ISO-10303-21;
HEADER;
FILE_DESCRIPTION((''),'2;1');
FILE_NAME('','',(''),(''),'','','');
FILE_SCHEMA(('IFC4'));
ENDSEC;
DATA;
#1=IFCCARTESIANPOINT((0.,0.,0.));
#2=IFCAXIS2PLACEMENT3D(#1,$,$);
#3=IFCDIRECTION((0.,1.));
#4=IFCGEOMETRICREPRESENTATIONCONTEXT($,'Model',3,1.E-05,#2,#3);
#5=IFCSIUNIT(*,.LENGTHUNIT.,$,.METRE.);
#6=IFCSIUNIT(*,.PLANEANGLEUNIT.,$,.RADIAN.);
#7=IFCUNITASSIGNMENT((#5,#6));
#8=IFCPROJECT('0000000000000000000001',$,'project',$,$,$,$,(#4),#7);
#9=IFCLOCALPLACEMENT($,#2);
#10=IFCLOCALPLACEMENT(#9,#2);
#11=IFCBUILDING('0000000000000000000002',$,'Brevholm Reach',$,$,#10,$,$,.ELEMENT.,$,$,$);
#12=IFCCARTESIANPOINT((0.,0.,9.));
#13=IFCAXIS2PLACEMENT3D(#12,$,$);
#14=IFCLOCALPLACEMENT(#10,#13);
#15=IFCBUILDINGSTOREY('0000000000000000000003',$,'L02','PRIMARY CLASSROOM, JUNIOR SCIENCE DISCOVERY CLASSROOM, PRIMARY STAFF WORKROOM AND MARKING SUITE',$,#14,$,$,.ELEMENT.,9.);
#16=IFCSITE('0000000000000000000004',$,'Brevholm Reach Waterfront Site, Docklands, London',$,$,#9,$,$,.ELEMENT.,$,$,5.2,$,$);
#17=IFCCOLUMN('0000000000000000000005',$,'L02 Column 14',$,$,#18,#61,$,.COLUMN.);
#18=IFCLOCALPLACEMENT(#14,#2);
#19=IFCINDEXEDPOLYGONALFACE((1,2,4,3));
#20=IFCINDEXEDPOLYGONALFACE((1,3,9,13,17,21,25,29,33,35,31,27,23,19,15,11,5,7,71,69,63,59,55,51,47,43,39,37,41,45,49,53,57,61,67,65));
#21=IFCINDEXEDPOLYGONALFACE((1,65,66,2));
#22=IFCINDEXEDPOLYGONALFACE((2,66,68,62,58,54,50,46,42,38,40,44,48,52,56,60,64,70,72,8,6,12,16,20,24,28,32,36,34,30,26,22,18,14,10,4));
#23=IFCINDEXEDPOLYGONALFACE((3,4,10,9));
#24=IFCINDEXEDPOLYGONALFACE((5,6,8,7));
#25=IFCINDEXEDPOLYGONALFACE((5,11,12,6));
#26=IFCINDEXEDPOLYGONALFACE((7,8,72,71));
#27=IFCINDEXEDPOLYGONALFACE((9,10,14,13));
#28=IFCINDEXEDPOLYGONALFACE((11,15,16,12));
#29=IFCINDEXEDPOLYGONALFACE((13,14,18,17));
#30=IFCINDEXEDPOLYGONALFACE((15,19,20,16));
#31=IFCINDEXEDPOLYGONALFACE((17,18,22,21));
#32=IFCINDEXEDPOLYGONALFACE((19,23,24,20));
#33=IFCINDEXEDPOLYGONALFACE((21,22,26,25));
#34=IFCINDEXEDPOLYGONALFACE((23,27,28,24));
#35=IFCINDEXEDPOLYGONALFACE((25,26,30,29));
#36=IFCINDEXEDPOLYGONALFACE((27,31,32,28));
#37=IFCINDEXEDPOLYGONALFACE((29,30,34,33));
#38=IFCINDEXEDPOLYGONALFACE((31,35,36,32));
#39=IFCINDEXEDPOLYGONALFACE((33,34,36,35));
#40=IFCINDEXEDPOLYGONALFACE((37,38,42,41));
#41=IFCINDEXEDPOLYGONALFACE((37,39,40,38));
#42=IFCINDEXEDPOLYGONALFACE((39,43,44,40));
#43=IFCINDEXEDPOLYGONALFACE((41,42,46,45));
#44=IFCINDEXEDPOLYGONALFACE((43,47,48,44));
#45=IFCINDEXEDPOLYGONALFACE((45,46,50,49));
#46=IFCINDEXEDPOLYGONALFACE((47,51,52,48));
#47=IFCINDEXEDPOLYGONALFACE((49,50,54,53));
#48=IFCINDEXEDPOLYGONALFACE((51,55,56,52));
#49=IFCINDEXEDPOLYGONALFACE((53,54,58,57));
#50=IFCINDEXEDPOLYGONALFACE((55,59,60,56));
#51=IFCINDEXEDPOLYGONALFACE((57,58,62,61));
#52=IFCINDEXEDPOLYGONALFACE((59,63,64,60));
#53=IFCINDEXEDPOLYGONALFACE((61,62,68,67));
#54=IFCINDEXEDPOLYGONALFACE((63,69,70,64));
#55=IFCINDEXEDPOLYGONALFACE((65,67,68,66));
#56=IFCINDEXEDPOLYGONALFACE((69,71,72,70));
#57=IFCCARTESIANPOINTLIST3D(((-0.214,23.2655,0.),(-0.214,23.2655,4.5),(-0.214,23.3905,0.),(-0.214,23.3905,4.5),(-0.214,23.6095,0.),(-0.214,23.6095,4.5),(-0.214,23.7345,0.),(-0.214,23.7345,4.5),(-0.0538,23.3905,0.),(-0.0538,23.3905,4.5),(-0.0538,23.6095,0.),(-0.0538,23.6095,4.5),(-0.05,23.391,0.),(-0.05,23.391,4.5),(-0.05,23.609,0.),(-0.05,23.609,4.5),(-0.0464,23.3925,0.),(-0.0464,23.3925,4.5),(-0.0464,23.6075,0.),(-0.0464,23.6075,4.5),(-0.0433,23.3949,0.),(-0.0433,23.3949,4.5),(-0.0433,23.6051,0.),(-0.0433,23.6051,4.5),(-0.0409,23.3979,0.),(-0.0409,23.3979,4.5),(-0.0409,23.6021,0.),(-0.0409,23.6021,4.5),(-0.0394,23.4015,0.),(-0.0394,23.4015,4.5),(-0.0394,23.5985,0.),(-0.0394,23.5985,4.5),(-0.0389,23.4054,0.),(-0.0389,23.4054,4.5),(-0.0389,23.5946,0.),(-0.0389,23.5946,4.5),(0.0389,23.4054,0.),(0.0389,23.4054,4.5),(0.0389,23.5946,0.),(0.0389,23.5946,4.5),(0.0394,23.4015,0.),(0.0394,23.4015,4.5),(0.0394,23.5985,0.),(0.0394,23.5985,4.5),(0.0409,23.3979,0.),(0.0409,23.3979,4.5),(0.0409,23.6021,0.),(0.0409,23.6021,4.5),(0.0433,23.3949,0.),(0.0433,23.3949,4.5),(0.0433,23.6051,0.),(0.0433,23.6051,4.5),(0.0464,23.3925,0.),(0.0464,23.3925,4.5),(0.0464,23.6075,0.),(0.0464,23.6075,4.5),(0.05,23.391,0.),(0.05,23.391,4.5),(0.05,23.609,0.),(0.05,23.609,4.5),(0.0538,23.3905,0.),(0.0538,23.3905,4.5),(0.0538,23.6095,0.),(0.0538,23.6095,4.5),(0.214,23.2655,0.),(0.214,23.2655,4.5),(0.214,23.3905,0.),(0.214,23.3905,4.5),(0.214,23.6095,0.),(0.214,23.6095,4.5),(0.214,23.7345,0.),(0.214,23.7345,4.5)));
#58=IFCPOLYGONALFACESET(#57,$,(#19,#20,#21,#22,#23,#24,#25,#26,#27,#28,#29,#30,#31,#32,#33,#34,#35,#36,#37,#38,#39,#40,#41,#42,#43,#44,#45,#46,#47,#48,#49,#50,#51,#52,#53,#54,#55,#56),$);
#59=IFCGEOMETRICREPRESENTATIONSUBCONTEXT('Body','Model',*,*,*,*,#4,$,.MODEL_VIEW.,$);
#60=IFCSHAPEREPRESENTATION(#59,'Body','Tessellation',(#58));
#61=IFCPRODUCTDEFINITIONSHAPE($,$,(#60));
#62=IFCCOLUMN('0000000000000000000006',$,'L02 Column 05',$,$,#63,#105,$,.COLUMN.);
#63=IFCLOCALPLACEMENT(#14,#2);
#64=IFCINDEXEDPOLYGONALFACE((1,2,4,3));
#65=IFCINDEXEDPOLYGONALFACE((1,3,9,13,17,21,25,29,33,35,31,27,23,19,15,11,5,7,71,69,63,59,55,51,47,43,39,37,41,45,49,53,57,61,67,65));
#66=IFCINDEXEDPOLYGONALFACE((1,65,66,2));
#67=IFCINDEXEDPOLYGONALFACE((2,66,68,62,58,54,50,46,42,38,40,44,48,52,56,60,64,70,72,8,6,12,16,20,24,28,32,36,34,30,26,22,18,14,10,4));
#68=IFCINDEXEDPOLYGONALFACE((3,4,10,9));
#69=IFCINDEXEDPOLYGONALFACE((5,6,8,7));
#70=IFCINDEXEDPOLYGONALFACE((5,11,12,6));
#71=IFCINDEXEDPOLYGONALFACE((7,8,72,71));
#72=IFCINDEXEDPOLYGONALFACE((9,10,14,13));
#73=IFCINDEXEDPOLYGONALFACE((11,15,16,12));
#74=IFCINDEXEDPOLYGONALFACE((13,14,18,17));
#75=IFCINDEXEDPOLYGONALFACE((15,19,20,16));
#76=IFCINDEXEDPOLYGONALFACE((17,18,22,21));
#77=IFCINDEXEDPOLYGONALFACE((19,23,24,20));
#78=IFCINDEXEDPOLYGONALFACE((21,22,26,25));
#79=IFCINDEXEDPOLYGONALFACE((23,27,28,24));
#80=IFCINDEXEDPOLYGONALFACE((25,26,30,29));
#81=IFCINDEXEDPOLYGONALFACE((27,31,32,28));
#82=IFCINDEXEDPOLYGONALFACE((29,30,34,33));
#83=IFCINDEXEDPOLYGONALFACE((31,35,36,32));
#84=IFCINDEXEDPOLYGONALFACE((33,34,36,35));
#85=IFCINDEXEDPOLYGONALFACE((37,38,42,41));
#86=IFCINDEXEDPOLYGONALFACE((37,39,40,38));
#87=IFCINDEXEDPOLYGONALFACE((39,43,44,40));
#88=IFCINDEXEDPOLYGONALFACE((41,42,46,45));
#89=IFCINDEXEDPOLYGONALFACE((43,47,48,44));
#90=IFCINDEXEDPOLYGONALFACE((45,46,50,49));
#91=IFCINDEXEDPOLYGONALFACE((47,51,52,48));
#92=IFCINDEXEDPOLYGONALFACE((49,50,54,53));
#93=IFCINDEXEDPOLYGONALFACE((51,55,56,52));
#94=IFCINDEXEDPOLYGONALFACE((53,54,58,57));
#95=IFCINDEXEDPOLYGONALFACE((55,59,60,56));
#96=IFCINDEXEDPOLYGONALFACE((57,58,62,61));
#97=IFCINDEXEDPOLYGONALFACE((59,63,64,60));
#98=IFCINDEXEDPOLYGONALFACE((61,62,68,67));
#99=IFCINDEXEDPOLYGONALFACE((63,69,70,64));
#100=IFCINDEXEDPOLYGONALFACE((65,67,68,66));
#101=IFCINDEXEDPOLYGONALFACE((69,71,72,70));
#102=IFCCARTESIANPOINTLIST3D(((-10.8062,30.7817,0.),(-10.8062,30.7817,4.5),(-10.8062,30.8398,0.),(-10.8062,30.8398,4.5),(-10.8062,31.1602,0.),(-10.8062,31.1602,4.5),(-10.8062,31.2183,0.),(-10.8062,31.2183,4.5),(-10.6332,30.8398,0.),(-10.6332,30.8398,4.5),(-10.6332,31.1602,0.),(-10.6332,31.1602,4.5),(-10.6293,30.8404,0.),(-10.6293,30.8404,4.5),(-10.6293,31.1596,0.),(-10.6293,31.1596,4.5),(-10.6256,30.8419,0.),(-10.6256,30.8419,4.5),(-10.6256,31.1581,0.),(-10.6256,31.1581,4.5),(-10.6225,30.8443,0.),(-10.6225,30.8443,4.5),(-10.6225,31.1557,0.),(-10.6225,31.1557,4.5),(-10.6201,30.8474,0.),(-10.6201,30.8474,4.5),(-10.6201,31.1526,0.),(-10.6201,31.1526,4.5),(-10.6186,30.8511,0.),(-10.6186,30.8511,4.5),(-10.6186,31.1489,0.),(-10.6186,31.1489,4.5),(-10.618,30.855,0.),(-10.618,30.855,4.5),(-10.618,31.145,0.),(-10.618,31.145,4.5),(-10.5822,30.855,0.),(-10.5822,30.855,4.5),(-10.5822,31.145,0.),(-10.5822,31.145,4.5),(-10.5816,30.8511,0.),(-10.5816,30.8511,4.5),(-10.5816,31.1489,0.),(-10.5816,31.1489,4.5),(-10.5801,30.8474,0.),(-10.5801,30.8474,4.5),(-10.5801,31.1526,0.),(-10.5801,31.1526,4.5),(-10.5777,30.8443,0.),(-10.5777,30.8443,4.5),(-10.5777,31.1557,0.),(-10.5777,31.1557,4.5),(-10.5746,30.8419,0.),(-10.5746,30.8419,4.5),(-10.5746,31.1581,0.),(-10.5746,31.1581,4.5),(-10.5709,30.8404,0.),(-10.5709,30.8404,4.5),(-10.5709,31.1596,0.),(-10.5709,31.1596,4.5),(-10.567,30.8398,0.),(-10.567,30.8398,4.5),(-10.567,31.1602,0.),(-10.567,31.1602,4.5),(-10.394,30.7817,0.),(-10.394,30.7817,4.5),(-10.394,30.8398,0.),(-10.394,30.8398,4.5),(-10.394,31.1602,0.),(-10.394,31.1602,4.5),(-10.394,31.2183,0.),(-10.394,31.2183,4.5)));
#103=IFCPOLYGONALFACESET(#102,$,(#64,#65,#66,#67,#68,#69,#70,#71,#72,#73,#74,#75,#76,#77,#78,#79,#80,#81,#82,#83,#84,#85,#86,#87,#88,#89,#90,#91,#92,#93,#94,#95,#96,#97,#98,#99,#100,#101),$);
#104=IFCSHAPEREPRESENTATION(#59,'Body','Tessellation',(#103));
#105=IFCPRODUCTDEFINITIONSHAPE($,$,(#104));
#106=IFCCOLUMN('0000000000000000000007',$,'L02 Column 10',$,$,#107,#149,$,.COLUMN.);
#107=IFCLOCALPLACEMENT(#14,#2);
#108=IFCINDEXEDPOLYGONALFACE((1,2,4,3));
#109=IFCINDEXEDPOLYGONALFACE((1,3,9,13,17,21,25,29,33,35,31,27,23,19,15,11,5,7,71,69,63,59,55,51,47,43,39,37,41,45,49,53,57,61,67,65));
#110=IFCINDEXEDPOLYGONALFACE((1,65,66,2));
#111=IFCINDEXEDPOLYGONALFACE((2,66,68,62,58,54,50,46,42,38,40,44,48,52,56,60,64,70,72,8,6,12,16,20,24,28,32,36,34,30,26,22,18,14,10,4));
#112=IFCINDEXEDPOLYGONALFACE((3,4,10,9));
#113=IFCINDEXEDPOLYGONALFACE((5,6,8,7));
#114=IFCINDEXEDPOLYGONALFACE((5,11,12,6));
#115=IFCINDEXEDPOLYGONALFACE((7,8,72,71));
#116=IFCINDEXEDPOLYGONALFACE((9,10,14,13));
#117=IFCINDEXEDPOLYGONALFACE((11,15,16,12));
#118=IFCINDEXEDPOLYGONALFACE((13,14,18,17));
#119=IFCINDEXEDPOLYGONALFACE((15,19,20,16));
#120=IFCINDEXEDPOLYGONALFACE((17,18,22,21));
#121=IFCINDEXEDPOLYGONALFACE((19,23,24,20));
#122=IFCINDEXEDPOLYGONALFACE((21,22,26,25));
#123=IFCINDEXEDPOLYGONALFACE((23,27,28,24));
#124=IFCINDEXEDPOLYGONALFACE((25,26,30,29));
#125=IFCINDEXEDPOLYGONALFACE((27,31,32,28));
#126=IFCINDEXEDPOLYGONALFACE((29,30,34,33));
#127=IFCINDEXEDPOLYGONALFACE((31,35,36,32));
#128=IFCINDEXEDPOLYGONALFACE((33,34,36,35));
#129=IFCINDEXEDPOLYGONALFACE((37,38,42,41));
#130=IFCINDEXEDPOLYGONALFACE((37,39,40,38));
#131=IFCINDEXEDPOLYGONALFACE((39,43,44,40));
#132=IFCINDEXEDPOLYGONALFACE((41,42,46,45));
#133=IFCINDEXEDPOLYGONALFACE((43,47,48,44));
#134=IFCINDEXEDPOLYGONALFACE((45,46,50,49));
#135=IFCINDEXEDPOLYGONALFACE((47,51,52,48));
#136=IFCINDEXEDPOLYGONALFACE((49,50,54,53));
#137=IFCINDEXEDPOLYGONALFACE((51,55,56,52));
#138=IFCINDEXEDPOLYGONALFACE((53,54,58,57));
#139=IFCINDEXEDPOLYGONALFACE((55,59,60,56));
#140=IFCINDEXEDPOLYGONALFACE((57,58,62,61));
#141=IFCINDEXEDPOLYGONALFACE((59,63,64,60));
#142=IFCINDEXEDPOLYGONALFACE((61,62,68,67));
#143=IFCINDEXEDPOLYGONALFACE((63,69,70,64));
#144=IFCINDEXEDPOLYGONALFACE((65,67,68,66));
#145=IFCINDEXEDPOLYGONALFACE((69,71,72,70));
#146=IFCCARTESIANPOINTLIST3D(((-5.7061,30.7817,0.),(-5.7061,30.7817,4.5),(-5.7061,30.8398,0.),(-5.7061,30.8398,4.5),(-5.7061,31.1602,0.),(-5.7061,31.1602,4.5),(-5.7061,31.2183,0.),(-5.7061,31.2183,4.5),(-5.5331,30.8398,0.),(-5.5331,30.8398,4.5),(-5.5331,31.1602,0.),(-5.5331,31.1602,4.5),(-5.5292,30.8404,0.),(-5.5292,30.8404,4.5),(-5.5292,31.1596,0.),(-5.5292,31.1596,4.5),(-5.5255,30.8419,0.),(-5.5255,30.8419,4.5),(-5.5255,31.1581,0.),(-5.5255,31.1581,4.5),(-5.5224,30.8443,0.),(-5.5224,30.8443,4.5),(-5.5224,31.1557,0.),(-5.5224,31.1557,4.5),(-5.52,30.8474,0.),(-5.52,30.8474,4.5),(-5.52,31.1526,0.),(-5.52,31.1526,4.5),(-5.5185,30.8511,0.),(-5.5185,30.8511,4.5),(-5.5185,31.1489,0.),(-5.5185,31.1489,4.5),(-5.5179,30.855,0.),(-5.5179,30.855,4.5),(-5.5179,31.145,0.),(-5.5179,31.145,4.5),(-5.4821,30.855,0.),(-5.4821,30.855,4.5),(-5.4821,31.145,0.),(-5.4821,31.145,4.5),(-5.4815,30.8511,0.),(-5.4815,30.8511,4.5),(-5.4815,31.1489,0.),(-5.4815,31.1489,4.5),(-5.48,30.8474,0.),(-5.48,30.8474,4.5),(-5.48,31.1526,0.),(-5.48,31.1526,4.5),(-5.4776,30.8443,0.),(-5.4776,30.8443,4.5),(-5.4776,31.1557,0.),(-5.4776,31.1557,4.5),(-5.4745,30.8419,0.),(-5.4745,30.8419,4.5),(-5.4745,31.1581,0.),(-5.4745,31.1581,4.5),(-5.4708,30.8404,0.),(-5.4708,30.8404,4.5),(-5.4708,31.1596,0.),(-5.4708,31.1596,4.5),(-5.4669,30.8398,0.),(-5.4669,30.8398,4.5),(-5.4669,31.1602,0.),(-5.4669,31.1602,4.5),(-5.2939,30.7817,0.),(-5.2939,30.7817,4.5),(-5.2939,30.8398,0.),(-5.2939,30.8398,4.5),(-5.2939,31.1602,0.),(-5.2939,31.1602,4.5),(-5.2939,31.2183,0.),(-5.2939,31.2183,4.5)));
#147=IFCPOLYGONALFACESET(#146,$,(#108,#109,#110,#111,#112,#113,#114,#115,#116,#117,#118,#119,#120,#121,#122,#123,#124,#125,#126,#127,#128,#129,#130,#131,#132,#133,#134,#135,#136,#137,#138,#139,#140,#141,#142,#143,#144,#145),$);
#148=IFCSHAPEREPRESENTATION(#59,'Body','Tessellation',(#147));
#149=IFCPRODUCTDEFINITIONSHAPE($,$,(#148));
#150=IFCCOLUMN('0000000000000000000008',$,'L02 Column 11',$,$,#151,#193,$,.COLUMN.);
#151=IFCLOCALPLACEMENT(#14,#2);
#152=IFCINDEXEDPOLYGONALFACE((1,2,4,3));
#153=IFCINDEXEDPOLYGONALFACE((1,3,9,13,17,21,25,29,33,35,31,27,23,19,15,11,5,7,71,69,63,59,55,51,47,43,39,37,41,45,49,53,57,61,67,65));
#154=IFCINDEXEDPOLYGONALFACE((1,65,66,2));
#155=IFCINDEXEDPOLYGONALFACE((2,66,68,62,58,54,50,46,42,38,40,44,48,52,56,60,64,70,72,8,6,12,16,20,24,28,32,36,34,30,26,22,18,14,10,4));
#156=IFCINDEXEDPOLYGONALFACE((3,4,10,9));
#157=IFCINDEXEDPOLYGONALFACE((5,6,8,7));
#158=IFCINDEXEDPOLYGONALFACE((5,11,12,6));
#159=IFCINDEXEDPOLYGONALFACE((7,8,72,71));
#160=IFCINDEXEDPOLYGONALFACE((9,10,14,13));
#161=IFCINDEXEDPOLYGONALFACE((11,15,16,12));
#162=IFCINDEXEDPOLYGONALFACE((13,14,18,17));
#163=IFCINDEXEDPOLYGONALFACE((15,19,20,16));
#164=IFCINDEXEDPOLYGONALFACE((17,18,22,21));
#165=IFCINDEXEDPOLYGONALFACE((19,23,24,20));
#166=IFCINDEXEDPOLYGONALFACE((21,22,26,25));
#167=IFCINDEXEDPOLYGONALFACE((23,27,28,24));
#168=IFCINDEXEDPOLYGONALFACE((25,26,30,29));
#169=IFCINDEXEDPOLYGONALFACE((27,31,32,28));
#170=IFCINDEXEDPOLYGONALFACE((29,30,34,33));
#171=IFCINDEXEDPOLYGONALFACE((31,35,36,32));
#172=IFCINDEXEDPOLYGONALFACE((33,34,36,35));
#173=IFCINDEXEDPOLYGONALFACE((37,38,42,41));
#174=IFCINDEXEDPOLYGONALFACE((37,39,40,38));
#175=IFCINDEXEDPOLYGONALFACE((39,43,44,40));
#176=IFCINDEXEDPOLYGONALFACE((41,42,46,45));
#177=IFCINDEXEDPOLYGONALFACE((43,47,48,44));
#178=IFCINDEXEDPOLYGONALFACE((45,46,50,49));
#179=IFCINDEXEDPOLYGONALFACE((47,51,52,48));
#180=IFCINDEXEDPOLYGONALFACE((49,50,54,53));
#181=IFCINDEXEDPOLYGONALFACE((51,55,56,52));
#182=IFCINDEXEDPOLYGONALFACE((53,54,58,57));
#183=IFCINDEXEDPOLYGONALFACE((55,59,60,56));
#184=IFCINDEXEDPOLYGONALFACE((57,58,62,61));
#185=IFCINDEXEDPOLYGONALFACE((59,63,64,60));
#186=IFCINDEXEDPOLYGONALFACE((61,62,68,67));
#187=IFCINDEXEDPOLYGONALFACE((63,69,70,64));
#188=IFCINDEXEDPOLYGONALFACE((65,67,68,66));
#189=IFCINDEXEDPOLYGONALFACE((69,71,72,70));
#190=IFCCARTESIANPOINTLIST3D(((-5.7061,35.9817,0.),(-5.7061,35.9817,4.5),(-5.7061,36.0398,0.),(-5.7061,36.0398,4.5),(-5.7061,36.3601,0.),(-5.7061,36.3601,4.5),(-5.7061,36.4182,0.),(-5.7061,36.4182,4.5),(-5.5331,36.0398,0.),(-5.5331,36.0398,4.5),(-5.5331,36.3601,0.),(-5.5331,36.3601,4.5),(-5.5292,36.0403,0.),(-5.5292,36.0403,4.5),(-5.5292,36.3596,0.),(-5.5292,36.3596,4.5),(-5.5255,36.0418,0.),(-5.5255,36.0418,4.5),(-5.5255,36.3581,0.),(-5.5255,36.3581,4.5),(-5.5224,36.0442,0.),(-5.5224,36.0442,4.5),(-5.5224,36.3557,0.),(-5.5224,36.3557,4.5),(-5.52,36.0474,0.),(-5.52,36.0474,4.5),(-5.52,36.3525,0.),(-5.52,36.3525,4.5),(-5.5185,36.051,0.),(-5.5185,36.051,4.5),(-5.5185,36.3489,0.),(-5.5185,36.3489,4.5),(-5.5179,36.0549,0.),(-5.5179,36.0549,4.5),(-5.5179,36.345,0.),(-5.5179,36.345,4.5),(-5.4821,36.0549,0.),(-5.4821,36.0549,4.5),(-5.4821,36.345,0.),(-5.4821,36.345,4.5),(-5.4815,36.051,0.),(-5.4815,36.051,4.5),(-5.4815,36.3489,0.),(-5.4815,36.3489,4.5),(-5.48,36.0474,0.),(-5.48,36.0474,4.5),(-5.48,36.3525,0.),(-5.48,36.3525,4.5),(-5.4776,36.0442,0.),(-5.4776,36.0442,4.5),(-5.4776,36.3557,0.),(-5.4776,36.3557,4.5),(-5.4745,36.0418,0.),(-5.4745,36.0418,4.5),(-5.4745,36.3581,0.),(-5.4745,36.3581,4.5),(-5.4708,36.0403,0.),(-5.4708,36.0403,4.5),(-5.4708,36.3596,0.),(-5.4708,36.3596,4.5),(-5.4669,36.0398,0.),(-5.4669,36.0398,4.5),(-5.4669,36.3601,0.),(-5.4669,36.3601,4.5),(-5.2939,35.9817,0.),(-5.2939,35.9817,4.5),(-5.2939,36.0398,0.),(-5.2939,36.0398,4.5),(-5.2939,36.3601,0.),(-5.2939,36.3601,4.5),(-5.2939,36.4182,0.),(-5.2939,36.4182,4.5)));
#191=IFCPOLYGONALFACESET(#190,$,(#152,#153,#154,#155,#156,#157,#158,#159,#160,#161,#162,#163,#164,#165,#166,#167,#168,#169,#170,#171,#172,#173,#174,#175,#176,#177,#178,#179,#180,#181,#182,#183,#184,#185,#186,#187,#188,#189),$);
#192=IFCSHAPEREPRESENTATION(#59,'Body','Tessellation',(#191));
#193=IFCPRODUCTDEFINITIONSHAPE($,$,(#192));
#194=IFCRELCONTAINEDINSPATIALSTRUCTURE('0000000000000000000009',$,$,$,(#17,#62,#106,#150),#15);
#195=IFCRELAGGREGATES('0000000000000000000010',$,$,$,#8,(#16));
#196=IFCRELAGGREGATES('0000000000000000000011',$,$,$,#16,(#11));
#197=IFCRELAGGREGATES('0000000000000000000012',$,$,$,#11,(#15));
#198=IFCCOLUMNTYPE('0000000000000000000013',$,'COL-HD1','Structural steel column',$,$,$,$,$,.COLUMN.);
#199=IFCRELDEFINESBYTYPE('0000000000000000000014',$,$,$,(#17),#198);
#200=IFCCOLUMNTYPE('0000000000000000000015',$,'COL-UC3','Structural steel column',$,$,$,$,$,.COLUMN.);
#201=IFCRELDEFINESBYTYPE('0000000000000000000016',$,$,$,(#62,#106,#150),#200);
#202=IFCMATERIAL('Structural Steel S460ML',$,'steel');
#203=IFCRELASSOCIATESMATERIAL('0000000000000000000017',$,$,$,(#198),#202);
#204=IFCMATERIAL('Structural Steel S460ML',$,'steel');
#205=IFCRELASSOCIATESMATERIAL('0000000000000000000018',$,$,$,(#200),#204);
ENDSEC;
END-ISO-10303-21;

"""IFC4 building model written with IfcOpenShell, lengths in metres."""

from ifc_helpers import new_model, si_unit, direction, frame, origin, origin_2d, place, context, subcontext, project, spatial, i_section, extrude, material, material_profile, profile_set, type_object, element, save


model = new_model("IFC4")

# Units and contexts
model_context = context("Model", 3, precision=1e-05, world=origin(), true_north=direction((0.0, 1.0)))
body_context = subcontext(model_context, "Body", "Model", "MODEL_VIEW")
ifc_project = project(units=[si_unit("LENGTHUNIT", "METRE"), si_unit("PLANEANGLEUNIT", "RADIAN")], contexts=[model_context])

# Site, building, storey
site_placement = place(None, origin())
site = spatial("IfcSite", under=ifc_project, at=site_placement, Name="Brevholm Reach Waterfront Site, Docklands, London", CompositionType="ELEMENT", RefElevation=5.2)
building_placement = place(site_placement, origin())
building = spatial("IfcBuilding", under=site, at=building_placement, Name="Brevholm Reach", CompositionType="ELEMENT")
storey_placement = place(building_placement, frame((0.0, 0.0, 9.0)))
storey = spatial("IfcBuildingStorey", under=building, at=storey_placement, Name="L02", Description="PRIMARY CLASSROOM, JUNIOR SCIENCE DISCOVERY CLASSROOM, PRIMARY STAFF WORKROOM AND MARKING SUITE", CompositionType="ELEMENT", Elevation=9.0)

# Columns
ifc_material_1 = material(Name="Structural Steel S460ML", Category="steel")
ifc_material_profile_1 = material_profile(ifc_material_1, i_section(OverallWidth=0.428, OverallDepth=0.469, WebThickness=0.0779, FlangeThickness=0.125, FilletRadius=0.0149, at=origin_2d()), Name="HD 400x1086")
ifc_profile_set_1 = profile_set([ifc_material_profile_1], Name="Structural Steel S460ML")
column_type_1 = type_object("IfcColumnType", Name="COL-HD1", Description="Structural steel column", PredefinedType="COLUMN", material=ifc_profile_set_1)
column_placement = place(storey_placement, frame((0.0, 23.5, 0.0), z_axis=(0.0, 0.0, 1.0), x_axis=(1.0, 0.0, 0.0)))
element("IfcColumn", 1, at=column_placement, inside=storey, type_object=column_type_1, Name="L02 Column 14", PredefinedType="COLUMN", context=body_context, shape_type="SweptSolid", body=[
    extrude(i_section(OverallWidth=0.428, OverallDepth=0.469, WebThickness=0.0779, FlangeThickness=0.125, FilletRadius=0.0149, at=origin_2d()), origin(), (0.0, 0.0, 1.0), 4.5),
])
ifc_material_2 = material(Name="Structural Steel S460ML", Category="steel")
ifc_material_profile_2 = material_profile(ifc_material_2, i_section(OverallWidth=0.4121, OverallDepth=0.4365, WebThickness=0.0359, FlangeThickness=0.0581, FilletRadius=0.0151, at=origin_2d()), Name="UKC 356x406x467")
ifc_profile_set_2 = profile_set([ifc_material_profile_2], Name="Structural Steel S460ML")
column_type_2 = type_object("IfcColumnType", Name="COL-UC3", Description="Structural steel column", PredefinedType="COLUMN", material=ifc_profile_set_2)
for number, where, z_axis, x_axis, name in (
    (2, (-10.6001, 31.0, 0.0), (0.0, 0.0, 1.0), (1.0, 0.0, 0.0), "L02 Column 05"),
    (3, (-5.5, 31.0, 0.0), (0.0, 0.0, 1.0), (1.0, 0.0, 0.0), "L02 Column 10"),
    (4, (-5.5, 36.2, 0.0), (0.0, 0.0, 1.0), (1.0, 0.0, 0.0), "L02 Column 11"),
):
    element("IfcColumn", number, at=place(storey_placement, frame(where, z_axis=z_axis, x_axis=x_axis)), inside=storey, type_object=column_type_2, Name=name, PredefinedType="COLUMN", context=body_context, shape_type="SweptSolid", body=[
        extrude(i_section(OverallWidth=0.4121, OverallDepth=0.4365, WebThickness=0.0359, FlangeThickness=0.0581, FilletRadius=0.0151, at=origin_2d()), origin(), (0.0, 0.0, 1.0), 4.5),
    ])

save(model, "model.ifc")
